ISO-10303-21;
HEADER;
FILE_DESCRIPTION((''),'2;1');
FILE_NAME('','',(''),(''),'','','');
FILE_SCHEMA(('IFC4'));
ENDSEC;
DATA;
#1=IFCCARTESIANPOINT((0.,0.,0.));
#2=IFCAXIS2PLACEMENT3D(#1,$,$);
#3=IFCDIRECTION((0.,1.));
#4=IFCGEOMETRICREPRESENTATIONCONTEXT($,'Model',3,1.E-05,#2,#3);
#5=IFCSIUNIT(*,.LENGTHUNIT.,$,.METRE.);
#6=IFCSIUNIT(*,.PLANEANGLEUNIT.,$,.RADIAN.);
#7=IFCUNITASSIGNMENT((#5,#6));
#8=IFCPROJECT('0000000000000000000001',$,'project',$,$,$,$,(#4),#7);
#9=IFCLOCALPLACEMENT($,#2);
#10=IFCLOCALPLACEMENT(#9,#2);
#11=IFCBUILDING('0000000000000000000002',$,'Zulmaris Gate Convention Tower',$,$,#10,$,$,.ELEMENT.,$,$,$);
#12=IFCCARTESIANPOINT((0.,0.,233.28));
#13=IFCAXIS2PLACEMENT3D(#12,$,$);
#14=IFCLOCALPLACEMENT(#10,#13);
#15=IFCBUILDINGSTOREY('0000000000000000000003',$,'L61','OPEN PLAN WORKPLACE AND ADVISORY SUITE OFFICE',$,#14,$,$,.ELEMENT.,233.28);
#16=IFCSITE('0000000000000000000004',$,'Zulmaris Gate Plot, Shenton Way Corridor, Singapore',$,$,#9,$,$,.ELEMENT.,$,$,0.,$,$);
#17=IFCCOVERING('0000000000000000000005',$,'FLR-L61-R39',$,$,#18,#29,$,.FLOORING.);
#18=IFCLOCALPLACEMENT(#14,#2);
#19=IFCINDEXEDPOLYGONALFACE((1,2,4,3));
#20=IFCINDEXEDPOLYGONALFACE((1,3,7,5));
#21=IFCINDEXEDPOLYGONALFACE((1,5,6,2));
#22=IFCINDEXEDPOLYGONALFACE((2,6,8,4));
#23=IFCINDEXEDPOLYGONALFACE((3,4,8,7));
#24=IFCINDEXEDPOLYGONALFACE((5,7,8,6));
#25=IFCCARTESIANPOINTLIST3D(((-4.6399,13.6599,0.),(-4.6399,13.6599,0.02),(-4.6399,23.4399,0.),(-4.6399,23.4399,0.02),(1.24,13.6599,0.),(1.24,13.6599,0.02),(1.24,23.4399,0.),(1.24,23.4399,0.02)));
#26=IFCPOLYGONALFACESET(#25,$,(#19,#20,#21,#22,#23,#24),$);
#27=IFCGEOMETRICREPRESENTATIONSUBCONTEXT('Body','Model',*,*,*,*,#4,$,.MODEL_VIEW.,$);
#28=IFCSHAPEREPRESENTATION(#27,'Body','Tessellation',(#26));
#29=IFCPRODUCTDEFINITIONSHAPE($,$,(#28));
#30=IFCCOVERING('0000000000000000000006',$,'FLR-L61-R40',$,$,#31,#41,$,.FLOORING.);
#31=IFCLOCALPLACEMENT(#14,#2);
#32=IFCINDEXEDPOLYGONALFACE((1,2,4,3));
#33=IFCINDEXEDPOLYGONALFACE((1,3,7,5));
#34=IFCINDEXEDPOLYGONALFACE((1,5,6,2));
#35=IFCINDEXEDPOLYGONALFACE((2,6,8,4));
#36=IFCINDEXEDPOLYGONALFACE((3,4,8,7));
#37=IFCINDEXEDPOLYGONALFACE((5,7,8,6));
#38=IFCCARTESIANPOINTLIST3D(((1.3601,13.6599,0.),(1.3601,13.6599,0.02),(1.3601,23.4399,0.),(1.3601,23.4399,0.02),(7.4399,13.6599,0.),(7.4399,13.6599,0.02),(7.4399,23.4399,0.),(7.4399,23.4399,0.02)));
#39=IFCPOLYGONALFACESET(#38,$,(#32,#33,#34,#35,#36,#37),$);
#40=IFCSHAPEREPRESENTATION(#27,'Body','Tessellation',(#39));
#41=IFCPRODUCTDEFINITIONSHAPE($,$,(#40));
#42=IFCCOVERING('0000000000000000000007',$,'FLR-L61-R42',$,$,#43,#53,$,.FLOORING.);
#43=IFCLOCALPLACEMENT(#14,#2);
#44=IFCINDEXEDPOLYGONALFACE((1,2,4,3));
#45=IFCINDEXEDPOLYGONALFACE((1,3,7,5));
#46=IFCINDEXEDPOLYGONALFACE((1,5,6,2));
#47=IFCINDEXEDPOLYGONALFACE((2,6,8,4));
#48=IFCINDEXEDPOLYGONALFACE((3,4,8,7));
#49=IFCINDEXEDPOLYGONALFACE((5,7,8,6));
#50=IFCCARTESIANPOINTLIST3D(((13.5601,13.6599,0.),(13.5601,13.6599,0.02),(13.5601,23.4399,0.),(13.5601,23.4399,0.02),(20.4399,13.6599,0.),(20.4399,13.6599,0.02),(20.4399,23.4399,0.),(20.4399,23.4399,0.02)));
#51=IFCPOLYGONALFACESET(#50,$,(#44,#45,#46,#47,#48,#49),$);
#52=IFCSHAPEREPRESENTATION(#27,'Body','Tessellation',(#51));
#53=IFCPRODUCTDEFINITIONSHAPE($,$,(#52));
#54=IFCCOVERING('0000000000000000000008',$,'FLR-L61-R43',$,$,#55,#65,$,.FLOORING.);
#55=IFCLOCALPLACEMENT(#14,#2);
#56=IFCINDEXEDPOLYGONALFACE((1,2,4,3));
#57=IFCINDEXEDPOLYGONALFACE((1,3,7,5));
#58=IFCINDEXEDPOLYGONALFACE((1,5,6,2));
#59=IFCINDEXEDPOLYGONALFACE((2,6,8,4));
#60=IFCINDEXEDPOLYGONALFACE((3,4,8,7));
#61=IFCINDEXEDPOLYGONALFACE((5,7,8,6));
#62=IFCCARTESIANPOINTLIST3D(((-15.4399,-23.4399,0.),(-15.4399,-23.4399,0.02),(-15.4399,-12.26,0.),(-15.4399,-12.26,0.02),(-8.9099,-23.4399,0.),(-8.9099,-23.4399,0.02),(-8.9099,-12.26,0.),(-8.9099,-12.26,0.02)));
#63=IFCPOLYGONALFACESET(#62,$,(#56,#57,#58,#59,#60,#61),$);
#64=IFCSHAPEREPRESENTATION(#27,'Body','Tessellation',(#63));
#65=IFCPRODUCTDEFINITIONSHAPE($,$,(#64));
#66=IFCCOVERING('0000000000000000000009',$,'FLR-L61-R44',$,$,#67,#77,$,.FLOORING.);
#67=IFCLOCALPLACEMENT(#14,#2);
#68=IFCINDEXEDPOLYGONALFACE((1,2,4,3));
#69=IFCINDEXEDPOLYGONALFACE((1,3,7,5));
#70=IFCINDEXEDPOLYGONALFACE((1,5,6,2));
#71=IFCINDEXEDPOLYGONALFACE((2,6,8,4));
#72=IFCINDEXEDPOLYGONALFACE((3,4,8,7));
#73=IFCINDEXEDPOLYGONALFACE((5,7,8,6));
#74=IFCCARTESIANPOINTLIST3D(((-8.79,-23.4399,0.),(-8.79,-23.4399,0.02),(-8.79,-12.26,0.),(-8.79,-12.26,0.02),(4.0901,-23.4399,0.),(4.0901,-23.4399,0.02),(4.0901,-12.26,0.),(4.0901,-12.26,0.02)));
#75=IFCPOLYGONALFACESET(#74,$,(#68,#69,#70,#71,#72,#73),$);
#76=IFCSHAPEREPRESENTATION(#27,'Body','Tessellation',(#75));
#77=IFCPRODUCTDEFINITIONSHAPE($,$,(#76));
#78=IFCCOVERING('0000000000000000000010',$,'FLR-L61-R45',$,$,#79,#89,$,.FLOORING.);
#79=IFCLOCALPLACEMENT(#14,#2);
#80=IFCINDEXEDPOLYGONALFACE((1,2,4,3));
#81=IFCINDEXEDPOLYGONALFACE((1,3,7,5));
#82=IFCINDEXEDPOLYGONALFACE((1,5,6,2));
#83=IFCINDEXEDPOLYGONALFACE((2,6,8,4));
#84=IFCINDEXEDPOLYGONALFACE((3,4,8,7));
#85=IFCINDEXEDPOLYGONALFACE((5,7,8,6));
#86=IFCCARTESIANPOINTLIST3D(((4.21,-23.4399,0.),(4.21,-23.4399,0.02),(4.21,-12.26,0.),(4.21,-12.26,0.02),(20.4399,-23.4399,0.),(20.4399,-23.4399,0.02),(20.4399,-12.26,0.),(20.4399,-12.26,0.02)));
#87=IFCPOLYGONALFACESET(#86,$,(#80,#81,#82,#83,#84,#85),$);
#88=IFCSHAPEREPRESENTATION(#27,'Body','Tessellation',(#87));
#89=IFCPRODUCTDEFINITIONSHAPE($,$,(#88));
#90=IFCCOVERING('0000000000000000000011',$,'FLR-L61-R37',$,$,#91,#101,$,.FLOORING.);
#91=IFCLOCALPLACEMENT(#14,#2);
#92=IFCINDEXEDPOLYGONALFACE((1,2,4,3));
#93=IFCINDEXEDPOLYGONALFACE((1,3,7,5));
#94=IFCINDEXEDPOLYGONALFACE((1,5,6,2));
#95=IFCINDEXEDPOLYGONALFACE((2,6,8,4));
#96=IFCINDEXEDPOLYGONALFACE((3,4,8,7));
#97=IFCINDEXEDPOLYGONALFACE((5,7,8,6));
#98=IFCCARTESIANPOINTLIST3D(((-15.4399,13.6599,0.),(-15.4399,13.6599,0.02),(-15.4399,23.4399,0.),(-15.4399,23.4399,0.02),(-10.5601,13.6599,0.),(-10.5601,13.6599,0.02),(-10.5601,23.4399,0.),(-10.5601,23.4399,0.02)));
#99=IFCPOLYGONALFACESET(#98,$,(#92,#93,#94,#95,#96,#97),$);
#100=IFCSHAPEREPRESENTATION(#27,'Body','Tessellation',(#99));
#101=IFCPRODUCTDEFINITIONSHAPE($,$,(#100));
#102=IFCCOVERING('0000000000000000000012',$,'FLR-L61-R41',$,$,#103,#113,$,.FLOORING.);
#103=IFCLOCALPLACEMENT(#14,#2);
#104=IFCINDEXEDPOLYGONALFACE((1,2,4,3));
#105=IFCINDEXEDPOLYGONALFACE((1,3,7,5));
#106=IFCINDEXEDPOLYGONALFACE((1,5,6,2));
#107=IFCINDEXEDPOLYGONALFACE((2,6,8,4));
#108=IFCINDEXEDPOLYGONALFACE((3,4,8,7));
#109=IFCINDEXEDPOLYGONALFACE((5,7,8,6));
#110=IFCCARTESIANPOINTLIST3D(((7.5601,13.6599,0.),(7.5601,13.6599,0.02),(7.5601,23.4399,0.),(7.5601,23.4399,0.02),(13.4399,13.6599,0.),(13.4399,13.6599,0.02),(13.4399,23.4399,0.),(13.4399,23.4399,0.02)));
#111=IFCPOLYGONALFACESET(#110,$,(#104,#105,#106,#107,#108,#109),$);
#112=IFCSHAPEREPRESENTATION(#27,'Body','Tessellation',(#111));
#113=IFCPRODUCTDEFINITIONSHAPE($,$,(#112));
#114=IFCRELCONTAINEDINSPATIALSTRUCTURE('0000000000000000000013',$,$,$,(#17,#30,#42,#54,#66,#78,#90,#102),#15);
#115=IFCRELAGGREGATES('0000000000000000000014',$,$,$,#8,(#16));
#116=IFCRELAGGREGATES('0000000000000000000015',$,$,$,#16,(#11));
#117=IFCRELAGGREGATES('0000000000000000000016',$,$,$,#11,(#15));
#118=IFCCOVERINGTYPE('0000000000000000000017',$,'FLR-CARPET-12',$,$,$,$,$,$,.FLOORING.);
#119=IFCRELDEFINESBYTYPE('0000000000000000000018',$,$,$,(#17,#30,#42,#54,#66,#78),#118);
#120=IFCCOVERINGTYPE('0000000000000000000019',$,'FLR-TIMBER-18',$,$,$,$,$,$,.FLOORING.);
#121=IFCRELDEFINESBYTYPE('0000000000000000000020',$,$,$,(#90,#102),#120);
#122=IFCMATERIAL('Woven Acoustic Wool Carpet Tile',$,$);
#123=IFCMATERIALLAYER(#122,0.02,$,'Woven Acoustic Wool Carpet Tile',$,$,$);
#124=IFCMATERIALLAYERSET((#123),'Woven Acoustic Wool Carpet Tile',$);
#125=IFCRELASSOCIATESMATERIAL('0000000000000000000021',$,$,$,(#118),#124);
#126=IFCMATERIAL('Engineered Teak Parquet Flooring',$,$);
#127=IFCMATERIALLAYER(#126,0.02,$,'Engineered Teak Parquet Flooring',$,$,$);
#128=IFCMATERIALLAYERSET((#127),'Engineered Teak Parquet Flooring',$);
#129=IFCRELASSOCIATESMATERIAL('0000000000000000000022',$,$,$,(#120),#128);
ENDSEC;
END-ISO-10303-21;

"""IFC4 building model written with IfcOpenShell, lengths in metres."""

from ifc_helpers import new_model, si_unit, direction, frame, origin, place, context, subcontext, project, spatial, polyline, outline, extrude, material, layer, layer_set, type_object, element, save


model = new_model("IFC4")

# Units and contexts
model_context = context("Model", 3, precision=1e-05, world=origin(), true_north=direction((0.0, 1.0)))
body_context = subcontext(model_context, "Body", "Model", "MODEL_VIEW")
ifc_project = project(units=[si_unit("LENGTHUNIT", "METRE"), si_unit("PLANEANGLEUNIT", "RADIAN")], contexts=[model_context])

# Site, building, storey
site_placement = place(None, origin())
site = spatial("IfcSite", under=ifc_project, at=site_placement, Name="Zulmaris Gate Plot, Shenton Way Corridor, Singapore", CompositionType="ELEMENT", RefElevation=0.0)
building_placement = place(site_placement, origin())
building = spatial("IfcBuilding", under=site, at=building_placement, Name="Zulmaris Gate Convention Tower", CompositionType="ELEMENT")
storey_placement = place(building_placement, frame((0.0, 0.0, 233.28)))
storey = spatial("IfcBuildingStorey", under=building, at=storey_placement, Name="L61", Description="OPEN PLAN WORKPLACE AND ADVISORY SUITE OFFICE", CompositionType="ELEMENT", Elevation=233.28)

# Coverings
ifc_material_1 = material(Name="Woven Acoustic Wool Carpet Tile")
ifc_layer_1 = layer(ifc_material_1, 0.02, Name="Woven Acoustic Wool Carpet Tile")
ifc_layer_set_1 = layer_set([ifc_layer_1], Name="Woven Acoustic Wool Carpet Tile")
covering_type_1 = type_object("IfcCoveringType", Name="FLR-CARPET-12", PredefinedType="FLOORING", material=ifc_layer_set_1)
covering_1_placement = place(storey_placement, origin())
element("IfcCovering", 1, at=covering_1_placement, inside=storey, type_object=covering_type_1, Name="FLR-L61-R39", PredefinedType="FLOORING", context=body_context, shape_type="SweptSolid", body=[
    extrude(outline(polyline([(-4.6399, 13.6599), (1.24, 13.6599), (1.24, 23.4399), (-4.6399, 23.4399), (-4.6399, 13.6599)])), origin(), (0.0, 0.0, 1.0), 0.02),
])
covering_2_placement = place(storey_placement, origin())
element("IfcCovering", 2, at=covering_2_placement, inside=storey, type_object=covering_type_1, Name="FLR-L61-R40", PredefinedType="FLOORING", context=body_context, shape_type="SweptSolid", body=[
    extrude(outline(polyline([(1.3601, 13.6599), (7.4399, 13.6599), (7.4399, 23.4399), (1.3601, 23.4399), (1.3601, 13.6599)])), origin(), (0.0, 0.0, 1.0), 0.02),
])
covering_3_placement = place(storey_placement, origin())
element("IfcCovering", 3, at=covering_3_placement, inside=storey, type_object=covering_type_1, Name="FLR-L61-R42", PredefinedType="FLOORING", context=body_context, shape_type="SweptSolid", body=[
    extrude(outline(polyline([(13.5601, 13.6599), (20.4399, 13.6599), (20.4399, 23.4399), (13.5601, 23.4399), (13.5601, 13.6599)])), origin(), (0.0, 0.0, 1.0), 0.02),
])
covering_4_placement = place(storey_placement, origin())
element("IfcCovering", 4, at=covering_4_placement, inside=storey, type_object=covering_type_1, Name="FLR-L61-R43", PredefinedType="FLOORING", context=body_context, shape_type="SweptSolid", body=[
    extrude(outline(polyline([(-15.4399, -23.4399), (-8.9099, -23.4399), (-8.9099, -12.26), (-15.4399, -12.26), (-15.4399, -23.4399)])), origin(), (0.0, 0.0, 1.0), 0.02),
])
covering_5_placement = place(storey_placement, origin())
element("IfcCovering", 5, at=covering_5_placement, inside=storey, type_object=covering_type_1, Name="FLR-L61-R44", PredefinedType="FLOORING", context=body_context, shape_type="SweptSolid", body=[
    extrude(outline(polyline([(-8.79, -23.4399), (4.0901, -23.4399), (4.0901, -12.26), (-8.79, -12.26), (-8.79, -23.4399)])), origin(), (0.0, 0.0, 1.0), 0.02),
])
covering_6_placement = place(storey_placement, origin())
element("IfcCovering", 6, at=covering_6_placement, inside=storey, type_object=covering_type_1, Name="FLR-L61-R45", PredefinedType="FLOORING", context=body_context, shape_type="SweptSolid", body=[
    extrude(outline(polyline([(4.21, -23.4399), (20.4399, -23.4399), (20.4399, -12.26), (4.21, -12.26), (4.21, -23.4399)])), origin(), (0.0, 0.0, 1.0), 0.02),
])
ifc_material_2 = material(Name="Engineered Teak Parquet Flooring")
ifc_layer_2 = layer(ifc_material_2, 0.02, Name="Engineered Teak Parquet Flooring")
ifc_layer_set_2 = layer_set([ifc_layer_2], Name="Engineered Teak Parquet Flooring")
covering_type_2 = type_object("IfcCoveringType", Name="FLR-TIMBER-18", PredefinedType="FLOORING", material=ifc_layer_set_2)
covering_7_placement = place(storey_placement, origin())
element("IfcCovering", 7, at=covering_7_placement, inside=storey, type_object=covering_type_2, Name="FLR-L61-R37", PredefinedType="FLOORING", context=body_context, shape_type="SweptSolid", body=[
    extrude(outline(polyline([(-15.4399, 13.6599), (-10.5601, 13.6599), (-10.5601, 23.4399), (-15.4399, 23.4399), (-15.4399, 13.6599)])), origin(), (0.0, 0.0, 1.0), 0.02),
])
covering_8_placement = place(storey_placement, origin())
element("IfcCovering", 8, at=covering_8_placement, inside=storey, type_object=covering_type_2, Name="FLR-L61-R41", PredefinedType="FLOORING", context=body_context, shape_type="SweptSolid", body=[
    extrude(outline(polyline([(7.5601, 13.6599), (13.4399, 13.6599), (13.4399, 23.4399), (7.5601, 23.4399), (7.5601, 13.6599)])), origin(), (0.0, 0.0, 1.0), 0.02),
])

save(model, "model.ifc")
